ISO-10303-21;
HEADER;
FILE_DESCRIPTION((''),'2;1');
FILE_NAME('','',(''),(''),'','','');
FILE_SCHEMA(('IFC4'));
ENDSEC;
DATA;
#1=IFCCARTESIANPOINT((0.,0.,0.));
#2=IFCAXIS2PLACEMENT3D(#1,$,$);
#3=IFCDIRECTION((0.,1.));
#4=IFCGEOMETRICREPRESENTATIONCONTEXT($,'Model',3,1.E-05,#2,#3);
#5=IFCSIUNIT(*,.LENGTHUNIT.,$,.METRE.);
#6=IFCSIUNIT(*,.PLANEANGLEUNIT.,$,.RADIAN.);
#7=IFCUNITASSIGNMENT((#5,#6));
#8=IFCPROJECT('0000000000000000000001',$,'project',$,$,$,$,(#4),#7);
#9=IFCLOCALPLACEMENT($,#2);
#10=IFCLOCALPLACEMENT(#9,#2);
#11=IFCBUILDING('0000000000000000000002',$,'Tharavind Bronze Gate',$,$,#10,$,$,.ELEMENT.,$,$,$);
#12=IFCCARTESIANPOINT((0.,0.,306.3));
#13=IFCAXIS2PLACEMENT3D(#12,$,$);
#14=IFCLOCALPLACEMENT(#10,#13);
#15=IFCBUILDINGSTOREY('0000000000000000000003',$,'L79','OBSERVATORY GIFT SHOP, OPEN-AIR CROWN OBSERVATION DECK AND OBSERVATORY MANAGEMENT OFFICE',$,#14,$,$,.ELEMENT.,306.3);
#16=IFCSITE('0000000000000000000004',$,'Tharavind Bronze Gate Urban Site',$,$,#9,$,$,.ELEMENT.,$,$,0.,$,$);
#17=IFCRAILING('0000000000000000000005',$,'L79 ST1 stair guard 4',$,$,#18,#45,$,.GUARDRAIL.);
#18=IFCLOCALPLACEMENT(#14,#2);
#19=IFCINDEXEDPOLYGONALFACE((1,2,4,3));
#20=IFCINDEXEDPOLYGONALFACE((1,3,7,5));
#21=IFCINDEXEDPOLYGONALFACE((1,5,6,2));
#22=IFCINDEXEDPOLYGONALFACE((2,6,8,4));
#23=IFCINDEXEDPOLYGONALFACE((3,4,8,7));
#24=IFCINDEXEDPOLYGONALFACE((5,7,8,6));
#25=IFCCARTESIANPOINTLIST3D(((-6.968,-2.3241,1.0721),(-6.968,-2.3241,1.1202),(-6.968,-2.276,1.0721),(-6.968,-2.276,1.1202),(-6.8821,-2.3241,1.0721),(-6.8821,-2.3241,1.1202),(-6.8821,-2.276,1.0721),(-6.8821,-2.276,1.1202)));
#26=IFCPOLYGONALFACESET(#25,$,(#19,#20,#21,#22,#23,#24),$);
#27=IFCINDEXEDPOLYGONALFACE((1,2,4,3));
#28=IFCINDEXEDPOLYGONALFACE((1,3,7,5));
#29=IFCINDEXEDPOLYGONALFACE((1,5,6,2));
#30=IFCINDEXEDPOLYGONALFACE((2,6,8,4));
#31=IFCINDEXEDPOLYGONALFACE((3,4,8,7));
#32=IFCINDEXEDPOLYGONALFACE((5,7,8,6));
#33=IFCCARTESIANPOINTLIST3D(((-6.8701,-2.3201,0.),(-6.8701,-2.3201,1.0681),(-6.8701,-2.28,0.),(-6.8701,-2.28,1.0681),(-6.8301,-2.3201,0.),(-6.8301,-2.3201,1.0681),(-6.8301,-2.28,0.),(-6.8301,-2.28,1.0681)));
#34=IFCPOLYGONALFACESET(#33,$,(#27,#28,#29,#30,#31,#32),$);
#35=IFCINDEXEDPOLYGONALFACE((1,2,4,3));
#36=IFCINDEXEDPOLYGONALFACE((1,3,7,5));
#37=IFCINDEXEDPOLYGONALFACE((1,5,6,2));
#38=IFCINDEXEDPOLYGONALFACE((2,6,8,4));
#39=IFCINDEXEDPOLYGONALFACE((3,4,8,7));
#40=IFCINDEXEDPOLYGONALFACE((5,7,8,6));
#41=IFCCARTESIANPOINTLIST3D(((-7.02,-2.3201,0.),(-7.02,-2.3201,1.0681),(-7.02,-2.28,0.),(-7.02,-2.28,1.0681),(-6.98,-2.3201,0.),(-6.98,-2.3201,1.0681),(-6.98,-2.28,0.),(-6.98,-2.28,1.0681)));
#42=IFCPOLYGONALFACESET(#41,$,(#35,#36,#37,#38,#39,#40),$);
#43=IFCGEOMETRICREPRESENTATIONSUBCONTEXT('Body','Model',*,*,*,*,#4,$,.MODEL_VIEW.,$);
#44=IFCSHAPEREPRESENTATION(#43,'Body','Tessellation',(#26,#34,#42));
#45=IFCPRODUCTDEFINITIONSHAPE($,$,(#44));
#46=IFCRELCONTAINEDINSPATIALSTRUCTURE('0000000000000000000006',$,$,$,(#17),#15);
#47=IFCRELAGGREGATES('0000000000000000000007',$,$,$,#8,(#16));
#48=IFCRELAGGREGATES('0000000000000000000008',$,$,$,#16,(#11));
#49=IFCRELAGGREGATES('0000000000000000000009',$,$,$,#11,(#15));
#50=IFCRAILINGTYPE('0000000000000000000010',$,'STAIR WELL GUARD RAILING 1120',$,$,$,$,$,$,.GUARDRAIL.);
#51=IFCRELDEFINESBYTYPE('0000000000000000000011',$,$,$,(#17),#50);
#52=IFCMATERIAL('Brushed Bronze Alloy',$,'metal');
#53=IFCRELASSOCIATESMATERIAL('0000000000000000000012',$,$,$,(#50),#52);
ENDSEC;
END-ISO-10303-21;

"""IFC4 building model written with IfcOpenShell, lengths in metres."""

from ifc_helpers import new_model, si_unit, direction, frame, origin, origin_2d, place, context, subcontext, project, spatial, rectangle, extrude, material, type_object, element, save


model = new_model("IFC4")

# Units and contexts
model_context = context("Model", 3, precision=1e-05, world=origin(), true_north=direction((0.0, 1.0)))
body_context = subcontext(model_context, "Body", "Model", "MODEL_VIEW")
ifc_project = project(units=[si_unit("LENGTHUNIT", "METRE"), si_unit("PLANEANGLEUNIT", "RADIAN")], contexts=[model_context])

# Site, building, storey
site_placement = place(None, origin())
site = spatial("IfcSite", under=ifc_project, at=site_placement, Name="Tharavind Bronze Gate Urban Site", CompositionType="ELEMENT", RefElevation=0.0)
building_placement = place(site_placement, origin())
building = spatial("IfcBuilding", under=site, at=building_placement, Name="Tharavind Bronze Gate", CompositionType="ELEMENT")
storey_placement = place(building_placement, frame((0.0, 0.0, 306.3)))
storey = spatial("IfcBuildingStorey", under=building, at=storey_placement, Name="L79", Description="OBSERVATORY GIFT SHOP, OPEN-AIR CROWN OBSERVATION DECK AND OBSERVATORY MANAGEMENT OFFICE", CompositionType="ELEMENT", Elevation=306.3)

# Railing
ifc_material_1 = material(Name="Brushed Bronze Alloy", Category="metal")
railing_type_1 = type_object("IfcRailingType", Name="STAIR WELL GUARD RAILING 1120", PredefinedType="GUARDRAIL", material=ifc_material_1)
railing_1_placement = place(storey_placement, frame((-6.8501, -2.3, 0.0)))
element("IfcRailing", 1, at=railing_1_placement, inside=storey, type_object=railing_type_1, Name="L79 ST1 stair guard 4", PredefinedType="GUARDRAIL", context=body_context, shape_type="SweptSolid", body=[
    extrude(rectangle(XDim=0.0481, YDim=0.0481, at=origin_2d()), frame((-0.032, 0.0, 1.0962), z_axis=(-1.0, 0.0, 0.0), x_axis=(0.0, -1.0, 0.0)), (0.0, 0.0, 1.0), 0.0859),
    extrude(rectangle(XDim=0.04, YDim=0.04, at=origin_2d()), origin(), (0.0, 0.0, 1.0), 1.0681),
    extrude(rectangle(XDim=0.04, YDim=0.04, at=origin_2d()), frame((-0.1499, 0.0, 0.0)), (0.0, 0.0, 1.0), 1.0681),
])

save(model, "model.ifc")
